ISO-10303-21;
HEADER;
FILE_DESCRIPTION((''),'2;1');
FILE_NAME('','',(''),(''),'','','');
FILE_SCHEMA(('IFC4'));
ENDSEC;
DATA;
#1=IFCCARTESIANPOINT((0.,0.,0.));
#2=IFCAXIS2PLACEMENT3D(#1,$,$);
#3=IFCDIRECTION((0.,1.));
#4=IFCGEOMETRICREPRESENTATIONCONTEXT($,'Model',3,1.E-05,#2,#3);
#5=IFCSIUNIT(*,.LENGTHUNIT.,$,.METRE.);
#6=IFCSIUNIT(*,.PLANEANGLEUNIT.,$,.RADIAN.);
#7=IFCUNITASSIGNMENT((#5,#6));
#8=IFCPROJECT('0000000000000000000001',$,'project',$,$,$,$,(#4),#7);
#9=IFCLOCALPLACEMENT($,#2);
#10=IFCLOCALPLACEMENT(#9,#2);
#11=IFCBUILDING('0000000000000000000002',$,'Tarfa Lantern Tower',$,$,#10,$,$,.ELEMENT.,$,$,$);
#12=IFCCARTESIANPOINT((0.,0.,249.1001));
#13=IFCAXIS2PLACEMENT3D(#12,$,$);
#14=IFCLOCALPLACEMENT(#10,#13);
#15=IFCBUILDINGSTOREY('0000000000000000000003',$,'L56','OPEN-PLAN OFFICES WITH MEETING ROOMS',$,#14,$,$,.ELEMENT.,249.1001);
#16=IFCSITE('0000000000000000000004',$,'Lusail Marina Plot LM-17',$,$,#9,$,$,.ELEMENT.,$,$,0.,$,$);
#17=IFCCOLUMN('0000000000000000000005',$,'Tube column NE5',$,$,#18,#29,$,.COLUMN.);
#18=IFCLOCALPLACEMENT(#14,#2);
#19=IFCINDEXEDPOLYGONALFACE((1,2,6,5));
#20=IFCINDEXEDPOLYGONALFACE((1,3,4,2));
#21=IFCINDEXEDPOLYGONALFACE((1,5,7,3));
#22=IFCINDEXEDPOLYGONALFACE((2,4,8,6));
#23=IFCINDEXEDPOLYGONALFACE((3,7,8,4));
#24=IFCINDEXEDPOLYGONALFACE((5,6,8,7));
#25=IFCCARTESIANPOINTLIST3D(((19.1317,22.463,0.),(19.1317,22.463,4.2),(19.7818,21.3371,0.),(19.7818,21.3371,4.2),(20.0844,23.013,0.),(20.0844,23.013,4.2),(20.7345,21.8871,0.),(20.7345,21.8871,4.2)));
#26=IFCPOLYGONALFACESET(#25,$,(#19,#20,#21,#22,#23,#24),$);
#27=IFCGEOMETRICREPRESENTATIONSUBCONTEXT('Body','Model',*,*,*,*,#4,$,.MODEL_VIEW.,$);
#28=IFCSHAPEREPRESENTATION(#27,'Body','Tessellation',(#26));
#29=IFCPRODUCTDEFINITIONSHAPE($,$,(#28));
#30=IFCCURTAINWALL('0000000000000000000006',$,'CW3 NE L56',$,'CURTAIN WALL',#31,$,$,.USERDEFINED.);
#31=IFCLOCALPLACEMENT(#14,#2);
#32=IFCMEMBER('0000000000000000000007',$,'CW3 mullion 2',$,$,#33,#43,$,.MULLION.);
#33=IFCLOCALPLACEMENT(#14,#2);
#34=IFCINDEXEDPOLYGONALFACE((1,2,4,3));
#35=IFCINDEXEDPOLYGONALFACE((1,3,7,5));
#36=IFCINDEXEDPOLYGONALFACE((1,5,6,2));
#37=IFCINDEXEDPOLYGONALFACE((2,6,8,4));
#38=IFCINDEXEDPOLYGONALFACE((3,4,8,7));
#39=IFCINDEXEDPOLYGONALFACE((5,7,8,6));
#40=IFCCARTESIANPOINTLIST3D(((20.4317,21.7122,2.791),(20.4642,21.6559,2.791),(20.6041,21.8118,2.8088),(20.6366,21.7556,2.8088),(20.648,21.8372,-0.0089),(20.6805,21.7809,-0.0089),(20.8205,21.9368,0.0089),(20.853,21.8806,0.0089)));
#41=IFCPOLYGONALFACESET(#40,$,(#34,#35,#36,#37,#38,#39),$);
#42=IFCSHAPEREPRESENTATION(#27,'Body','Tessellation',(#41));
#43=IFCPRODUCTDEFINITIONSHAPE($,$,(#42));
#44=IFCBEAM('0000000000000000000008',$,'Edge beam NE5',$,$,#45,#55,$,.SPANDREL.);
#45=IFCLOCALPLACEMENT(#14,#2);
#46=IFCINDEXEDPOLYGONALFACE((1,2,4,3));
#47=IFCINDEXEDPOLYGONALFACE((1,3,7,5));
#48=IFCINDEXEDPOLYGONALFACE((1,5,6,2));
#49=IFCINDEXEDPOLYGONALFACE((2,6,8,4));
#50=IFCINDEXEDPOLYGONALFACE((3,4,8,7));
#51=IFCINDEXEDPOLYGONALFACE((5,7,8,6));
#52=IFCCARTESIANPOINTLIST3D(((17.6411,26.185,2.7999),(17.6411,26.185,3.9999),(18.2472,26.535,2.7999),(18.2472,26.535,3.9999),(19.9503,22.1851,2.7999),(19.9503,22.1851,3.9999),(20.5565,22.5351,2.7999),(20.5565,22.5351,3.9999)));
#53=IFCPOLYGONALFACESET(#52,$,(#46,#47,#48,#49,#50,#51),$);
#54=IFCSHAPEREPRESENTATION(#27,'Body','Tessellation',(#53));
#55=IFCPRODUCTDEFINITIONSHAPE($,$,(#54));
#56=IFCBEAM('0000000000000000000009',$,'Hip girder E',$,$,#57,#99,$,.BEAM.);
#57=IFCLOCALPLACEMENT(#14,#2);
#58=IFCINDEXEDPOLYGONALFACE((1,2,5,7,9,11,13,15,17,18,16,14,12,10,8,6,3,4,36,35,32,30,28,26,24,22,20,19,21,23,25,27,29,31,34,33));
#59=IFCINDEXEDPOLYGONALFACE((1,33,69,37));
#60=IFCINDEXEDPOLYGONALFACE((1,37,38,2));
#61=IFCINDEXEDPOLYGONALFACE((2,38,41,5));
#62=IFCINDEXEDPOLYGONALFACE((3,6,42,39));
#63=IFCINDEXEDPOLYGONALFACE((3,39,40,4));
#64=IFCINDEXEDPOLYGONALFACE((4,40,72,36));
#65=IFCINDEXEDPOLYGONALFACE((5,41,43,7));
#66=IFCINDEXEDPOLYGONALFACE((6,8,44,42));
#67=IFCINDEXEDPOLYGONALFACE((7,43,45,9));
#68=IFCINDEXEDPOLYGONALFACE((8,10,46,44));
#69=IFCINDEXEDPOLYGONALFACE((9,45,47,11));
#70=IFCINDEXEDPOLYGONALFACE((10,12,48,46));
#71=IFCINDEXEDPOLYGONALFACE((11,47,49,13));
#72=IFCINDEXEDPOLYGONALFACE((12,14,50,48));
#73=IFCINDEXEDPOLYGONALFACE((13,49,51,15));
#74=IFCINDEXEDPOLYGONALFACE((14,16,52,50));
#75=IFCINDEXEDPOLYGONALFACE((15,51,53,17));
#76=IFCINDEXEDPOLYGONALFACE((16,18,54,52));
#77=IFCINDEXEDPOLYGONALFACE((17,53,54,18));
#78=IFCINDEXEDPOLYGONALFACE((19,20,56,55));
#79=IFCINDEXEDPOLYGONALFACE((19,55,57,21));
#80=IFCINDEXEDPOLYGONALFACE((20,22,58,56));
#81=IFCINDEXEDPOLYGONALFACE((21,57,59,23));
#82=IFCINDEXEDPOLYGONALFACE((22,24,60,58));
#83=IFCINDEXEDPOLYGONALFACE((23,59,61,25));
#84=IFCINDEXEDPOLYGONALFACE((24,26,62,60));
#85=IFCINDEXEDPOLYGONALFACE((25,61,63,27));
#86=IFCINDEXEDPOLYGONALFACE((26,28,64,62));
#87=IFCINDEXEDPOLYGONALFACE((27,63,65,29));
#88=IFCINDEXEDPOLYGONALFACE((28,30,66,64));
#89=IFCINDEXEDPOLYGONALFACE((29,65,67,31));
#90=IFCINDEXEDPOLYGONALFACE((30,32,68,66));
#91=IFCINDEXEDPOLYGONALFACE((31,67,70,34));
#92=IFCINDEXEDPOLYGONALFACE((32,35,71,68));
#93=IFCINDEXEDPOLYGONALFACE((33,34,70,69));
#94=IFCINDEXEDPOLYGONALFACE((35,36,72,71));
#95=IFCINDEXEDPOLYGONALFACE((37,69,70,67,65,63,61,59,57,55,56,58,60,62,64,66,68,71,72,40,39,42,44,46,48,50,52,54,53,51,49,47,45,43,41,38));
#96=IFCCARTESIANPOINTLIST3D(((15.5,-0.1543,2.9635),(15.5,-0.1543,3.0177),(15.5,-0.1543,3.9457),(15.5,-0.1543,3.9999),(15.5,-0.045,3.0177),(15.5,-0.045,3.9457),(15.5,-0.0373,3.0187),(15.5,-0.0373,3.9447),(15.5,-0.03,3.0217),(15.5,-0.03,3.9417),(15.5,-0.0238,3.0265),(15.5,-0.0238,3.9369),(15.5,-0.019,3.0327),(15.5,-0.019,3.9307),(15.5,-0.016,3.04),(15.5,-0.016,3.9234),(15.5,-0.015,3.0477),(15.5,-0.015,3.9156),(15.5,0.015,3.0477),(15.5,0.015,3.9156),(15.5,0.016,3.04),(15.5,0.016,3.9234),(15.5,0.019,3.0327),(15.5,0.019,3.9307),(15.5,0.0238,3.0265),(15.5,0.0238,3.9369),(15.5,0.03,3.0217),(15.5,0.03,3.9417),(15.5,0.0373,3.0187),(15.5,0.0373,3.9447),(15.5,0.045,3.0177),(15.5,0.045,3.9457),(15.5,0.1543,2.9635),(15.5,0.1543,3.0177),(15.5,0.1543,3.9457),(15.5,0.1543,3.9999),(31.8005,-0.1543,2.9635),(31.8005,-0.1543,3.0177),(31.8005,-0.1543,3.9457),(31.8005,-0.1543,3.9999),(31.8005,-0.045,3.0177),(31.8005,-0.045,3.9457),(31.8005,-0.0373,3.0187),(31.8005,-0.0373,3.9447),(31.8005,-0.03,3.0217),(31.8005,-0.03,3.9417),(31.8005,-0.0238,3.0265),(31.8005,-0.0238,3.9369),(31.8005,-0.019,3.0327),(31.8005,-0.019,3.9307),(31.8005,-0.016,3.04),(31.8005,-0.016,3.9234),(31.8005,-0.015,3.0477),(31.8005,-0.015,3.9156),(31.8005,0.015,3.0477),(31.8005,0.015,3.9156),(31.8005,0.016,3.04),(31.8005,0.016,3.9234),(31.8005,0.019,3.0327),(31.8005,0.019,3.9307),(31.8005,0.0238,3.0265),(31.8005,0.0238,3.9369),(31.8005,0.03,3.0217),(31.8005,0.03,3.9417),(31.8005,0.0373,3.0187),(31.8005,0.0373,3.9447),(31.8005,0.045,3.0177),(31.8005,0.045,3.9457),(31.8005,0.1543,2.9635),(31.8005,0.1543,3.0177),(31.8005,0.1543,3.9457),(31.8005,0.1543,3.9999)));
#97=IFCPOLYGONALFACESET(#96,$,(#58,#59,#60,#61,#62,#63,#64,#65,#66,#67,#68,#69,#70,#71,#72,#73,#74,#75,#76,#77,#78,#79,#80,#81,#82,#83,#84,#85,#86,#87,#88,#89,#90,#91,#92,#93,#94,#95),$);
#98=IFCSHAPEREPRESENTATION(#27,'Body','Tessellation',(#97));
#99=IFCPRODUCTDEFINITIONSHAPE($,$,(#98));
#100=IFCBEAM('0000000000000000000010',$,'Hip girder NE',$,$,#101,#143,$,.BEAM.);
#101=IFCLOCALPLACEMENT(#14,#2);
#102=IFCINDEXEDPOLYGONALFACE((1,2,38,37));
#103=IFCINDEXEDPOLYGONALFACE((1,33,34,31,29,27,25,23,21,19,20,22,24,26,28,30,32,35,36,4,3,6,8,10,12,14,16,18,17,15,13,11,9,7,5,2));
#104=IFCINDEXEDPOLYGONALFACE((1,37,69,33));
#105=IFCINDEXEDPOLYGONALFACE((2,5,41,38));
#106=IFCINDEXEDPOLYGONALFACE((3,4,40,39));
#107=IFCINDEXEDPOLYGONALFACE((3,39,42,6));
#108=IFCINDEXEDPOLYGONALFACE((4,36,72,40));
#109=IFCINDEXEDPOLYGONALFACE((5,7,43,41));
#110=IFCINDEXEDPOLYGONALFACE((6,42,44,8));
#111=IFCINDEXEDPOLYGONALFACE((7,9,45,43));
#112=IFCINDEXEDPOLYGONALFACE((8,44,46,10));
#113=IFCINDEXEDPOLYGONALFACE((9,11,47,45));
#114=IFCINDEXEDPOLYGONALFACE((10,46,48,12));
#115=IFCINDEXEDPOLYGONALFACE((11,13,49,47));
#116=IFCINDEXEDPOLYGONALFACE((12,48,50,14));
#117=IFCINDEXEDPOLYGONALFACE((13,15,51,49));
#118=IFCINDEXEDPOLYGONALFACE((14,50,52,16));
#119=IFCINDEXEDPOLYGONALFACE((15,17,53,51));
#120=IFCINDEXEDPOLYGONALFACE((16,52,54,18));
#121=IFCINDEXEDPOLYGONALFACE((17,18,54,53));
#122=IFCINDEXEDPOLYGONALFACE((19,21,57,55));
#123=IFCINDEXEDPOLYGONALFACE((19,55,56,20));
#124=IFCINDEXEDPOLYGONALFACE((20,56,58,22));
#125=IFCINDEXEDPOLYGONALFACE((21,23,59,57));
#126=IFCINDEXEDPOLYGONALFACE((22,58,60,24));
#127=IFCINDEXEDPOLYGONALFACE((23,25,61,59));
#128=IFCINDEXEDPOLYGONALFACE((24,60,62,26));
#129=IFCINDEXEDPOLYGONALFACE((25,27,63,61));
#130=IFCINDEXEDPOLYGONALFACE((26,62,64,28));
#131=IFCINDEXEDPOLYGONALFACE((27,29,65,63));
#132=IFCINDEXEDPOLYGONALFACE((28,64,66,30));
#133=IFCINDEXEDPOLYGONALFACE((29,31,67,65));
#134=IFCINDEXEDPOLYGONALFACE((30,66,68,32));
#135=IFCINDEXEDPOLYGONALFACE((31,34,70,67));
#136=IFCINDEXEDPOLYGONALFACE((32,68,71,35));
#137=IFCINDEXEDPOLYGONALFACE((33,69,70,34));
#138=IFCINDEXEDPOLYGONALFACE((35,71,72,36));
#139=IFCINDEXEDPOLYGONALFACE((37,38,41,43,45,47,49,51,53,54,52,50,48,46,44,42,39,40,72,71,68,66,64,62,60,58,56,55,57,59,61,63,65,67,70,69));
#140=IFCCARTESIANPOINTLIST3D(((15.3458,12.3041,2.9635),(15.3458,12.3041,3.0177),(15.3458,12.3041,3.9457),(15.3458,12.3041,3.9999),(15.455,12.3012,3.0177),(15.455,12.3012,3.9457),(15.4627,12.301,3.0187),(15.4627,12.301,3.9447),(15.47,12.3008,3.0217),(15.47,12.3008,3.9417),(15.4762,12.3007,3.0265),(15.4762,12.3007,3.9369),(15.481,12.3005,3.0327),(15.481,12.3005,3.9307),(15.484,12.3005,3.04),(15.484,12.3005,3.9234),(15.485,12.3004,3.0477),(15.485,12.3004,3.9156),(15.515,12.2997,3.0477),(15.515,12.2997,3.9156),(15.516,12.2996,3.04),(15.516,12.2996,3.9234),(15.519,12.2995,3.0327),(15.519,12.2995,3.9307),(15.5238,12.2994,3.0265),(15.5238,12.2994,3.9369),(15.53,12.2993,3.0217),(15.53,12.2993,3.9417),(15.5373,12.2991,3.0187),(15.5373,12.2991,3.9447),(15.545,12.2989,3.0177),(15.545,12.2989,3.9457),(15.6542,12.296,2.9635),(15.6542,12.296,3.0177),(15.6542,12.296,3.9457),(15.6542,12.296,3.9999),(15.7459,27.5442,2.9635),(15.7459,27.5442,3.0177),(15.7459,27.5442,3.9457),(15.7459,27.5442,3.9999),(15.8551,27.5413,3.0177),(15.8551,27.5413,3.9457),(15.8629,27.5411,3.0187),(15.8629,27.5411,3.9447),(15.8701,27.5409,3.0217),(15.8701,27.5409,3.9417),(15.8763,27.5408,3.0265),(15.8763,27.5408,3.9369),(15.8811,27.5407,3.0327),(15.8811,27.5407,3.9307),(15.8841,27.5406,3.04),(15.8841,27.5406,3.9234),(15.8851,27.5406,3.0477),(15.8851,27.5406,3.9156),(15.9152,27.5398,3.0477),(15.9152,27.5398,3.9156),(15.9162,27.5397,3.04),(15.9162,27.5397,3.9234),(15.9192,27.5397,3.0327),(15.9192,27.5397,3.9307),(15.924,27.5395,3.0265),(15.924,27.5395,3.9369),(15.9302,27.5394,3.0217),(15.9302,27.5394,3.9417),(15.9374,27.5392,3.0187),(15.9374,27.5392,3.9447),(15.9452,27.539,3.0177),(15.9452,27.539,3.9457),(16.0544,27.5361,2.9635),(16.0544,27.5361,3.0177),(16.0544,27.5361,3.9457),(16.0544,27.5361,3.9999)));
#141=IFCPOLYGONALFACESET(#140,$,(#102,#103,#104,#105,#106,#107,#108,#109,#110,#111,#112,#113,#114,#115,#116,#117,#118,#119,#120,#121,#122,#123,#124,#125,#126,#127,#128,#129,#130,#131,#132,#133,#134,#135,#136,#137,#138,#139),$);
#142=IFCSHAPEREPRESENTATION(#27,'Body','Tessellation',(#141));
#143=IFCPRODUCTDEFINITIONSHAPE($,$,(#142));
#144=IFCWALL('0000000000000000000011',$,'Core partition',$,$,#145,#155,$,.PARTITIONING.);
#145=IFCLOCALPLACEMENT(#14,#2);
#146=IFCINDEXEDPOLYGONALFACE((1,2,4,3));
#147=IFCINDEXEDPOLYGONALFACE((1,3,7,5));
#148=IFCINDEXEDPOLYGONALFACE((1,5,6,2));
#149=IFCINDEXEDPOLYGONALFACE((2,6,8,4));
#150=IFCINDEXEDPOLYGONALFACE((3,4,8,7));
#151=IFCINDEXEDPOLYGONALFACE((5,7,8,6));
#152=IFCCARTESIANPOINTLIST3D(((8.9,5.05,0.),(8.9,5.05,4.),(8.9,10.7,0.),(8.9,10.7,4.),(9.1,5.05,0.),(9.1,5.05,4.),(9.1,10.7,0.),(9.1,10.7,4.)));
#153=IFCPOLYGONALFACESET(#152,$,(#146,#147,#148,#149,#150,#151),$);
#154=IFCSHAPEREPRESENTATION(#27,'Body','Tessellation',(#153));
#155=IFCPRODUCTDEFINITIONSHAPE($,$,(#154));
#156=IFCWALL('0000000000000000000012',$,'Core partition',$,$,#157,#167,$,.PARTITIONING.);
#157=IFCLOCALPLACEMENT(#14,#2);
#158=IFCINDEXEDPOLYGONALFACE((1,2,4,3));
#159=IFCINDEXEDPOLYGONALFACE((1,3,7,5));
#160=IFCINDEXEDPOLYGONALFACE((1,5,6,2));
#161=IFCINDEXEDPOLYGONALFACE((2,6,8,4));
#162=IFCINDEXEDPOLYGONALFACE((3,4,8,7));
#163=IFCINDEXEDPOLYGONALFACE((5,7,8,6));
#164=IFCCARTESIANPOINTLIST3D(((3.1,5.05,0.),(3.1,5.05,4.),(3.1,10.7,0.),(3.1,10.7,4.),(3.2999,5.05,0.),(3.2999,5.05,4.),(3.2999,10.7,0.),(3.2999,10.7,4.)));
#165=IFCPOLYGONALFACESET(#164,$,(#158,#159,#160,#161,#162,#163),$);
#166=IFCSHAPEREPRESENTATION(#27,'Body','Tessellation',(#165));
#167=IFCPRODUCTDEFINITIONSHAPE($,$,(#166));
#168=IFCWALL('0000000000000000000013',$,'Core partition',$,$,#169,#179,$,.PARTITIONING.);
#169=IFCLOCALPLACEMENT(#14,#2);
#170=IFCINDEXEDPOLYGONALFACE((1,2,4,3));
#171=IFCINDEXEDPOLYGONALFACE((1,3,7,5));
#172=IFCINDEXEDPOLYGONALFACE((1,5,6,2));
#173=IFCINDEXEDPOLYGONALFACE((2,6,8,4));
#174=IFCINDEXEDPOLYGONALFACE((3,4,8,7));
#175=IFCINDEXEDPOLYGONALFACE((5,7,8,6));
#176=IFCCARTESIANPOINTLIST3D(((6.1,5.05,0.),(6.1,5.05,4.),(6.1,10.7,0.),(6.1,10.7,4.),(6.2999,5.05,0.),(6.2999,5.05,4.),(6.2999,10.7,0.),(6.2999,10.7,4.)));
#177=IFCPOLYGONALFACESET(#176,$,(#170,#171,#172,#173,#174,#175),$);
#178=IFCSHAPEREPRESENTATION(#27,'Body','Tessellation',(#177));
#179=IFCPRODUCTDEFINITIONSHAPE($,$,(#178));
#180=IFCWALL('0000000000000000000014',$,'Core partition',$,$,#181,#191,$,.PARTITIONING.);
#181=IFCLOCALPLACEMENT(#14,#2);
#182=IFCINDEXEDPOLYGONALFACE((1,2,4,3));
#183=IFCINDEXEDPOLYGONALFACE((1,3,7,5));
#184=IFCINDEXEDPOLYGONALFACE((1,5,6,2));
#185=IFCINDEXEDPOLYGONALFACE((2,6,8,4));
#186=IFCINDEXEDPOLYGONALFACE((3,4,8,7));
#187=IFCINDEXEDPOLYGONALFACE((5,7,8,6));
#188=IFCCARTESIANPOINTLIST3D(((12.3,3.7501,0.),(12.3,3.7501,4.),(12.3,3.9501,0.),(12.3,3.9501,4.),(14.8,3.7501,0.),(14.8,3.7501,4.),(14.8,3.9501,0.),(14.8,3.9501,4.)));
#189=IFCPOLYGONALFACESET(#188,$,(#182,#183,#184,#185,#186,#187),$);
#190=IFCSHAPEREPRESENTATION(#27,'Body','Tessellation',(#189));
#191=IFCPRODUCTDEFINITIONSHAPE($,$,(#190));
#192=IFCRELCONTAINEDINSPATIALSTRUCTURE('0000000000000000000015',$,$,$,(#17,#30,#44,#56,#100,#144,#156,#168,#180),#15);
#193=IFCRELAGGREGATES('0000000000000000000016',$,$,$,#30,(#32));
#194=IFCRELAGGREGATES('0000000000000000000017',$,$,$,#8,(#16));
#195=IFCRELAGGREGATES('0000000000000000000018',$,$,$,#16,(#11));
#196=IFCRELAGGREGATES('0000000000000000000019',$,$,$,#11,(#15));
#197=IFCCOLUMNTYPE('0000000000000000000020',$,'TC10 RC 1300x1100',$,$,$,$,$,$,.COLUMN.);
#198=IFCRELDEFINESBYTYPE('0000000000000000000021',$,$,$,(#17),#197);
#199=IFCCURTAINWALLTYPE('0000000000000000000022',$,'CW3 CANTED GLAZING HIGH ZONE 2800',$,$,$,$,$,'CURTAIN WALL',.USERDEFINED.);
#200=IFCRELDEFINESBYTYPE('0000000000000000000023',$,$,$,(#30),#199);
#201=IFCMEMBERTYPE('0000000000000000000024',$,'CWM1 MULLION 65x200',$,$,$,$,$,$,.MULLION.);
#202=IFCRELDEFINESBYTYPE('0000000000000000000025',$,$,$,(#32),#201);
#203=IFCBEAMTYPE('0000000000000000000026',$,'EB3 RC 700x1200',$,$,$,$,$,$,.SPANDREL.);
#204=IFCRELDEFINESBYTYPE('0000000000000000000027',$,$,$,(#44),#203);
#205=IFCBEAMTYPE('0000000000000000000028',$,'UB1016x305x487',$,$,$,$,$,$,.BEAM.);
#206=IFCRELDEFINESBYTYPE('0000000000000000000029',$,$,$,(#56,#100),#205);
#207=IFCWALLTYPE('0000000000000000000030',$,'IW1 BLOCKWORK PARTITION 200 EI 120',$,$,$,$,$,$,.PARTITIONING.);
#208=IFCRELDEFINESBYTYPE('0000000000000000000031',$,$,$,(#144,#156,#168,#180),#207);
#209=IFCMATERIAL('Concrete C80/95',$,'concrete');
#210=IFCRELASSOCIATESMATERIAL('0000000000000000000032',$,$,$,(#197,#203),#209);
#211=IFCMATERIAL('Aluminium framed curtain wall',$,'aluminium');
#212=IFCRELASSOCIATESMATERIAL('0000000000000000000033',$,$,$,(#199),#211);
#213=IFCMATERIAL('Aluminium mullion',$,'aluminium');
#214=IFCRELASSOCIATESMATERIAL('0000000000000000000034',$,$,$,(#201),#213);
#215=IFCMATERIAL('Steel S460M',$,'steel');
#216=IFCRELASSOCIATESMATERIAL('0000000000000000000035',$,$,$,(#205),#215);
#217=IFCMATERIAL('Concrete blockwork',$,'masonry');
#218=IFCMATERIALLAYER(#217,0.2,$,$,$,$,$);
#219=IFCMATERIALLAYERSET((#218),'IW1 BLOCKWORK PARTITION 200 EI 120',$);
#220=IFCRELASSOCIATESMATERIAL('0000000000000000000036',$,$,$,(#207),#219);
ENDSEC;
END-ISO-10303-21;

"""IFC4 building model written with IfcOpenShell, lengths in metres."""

from ifc_helpers import new_model, si_unit, direction, frame, frame_2d, origin, origin_2d, place, context, subcontext, project, spatial, rectangle, i_section, extrude, material, layer, layer_set, material_profile, profile_set, type_object, element, aggregate, save


model = new_model("IFC4")

# Units and contexts
model_context = context("Model", 3, precision=1e-05, world=origin(), true_north=direction((0.0, 1.0)))
body_context = subcontext(model_context, "Body", "Model", "MODEL_VIEW")
ifc_project = project(units=[si_unit("LENGTHUNIT", "METRE"), si_unit("PLANEANGLEUNIT", "RADIAN")], contexts=[model_context])

# Site, building, storey
site_placement = place(None, origin())
site = spatial("IfcSite", under=ifc_project, at=site_placement, Name="Lusail Marina Plot LM-17", CompositionType="ELEMENT", RefElevation=0.0)
building_placement = place(site_placement, origin())
building = spatial("IfcBuilding", under=site, at=building_placement, Name="Tarfa Lantern Tower", CompositionType="ELEMENT")
storey_placement = place(building_placement, frame((0.0, 0.0, 249.1001)))
storey = spatial("IfcBuildingStorey", under=building, at=storey_placement, Name="L56", Description="OPEN-PLAN OFFICES WITH MEETING ROOMS", CompositionType="ELEMENT", Elevation=249.1001)

# Column
ifc_material_1 = material(Name="Concrete C80/95", Category="concrete")
ifc_material_profile_1 = material_profile(ifc_material_1, rectangle(XDim=1.3, YDim=1.1001, at=origin_2d()), Name="RC 1300x1100")
ifc_profile_set_1 = profile_set([ifc_material_profile_1], Name="Concrete C80/95")
column_type = type_object("IfcColumnType", Name="TC10 RC 1300x1100", PredefinedType="COLUMN", material=ifc_profile_set_1)
column_placement = place(storey_placement, frame((19.9331, 22.175, 0.0), z_axis=(0.0, 0.0, 1.0), x_axis=(-0.5, 0.866025, 0.0)))
element("IfcColumn", 1, at=column_placement, inside=storey, type_object=column_type, Name="Tube column NE5", PredefinedType="COLUMN", context=body_context, shape_type="SweptSolid", body=[
    extrude(rectangle(XDim=1.3, YDim=1.1001, at=origin_2d()), origin(), (0.0, 0.0, 1.0), 4.2),
])

# Curtain wall, member
ifc_material_2 = material(Name="Aluminium framed curtain wall", Category="aluminium")
curtain_wall_type = type_object("IfcCurtainWallType", Name="CW3 CANTED GLAZING HIGH ZONE 2800", ElementType="CURTAIN WALL", PredefinedType="USERDEFINED", material=ifc_material_2)
curtain_wall_placement = place(storey_placement, origin())
curtain_wall = element("IfcCurtainWall", 2, at=curtain_wall_placement, inside=storey, type_object=curtain_wall_type, Name="CW3 NE L56", ObjectType="CURTAIN WALL", PredefinedType="USERDEFINED")
ifc_material_3 = material(Name="Aluminium mullion", Category="aluminium")
ifc_material_profile_2 = material_profile(ifc_material_3, rectangle(XDim=0.0649, YDim=0.2, at=origin_2d()), Name="AL MULLION 65x200")
ifc_profile_set_2 = profile_set([ifc_material_profile_2], Name="Aluminium mullion")
member_type = type_object("IfcMemberType", Name="CWM1 MULLION 65x200", PredefinedType="MULLION", material=ifc_profile_set_2)
member_placement = place(storey_placement, frame((20.7505, 21.8589, 0.0), z_axis=(-0.076953, -0.044469, 0.996043), x_axis=(0.500343, -0.865827, 0.0)))
member = element("IfcMember", 3, at=member_placement, type_object=member_type, Name="CW3 mullion 2", PredefinedType="MULLION", context=body_context, shape_type="SweptSolid", body=[
    extrude(rectangle(XDim=0.0649, YDim=0.2, at=origin_2d()), origin(), (0.0, 0.0, 1.0), 2.811),
])
aggregate(curtain_wall, [member])

# Beams
ifc_material_profile_3 = material_profile(ifc_material_1, rectangle(XDim=0.7, YDim=1.2, at=origin_2d()), Name="RC 700x1200")
ifc_profile_set_3 = profile_set([ifc_material_profile_3], Name="Concrete C80/95")
beam_type_1 = type_object("IfcBeamType", Name="EB3 RC 700x1200", PredefinedType="SPANDREL", material=ifc_profile_set_3)
beam_1_placement = place(storey_placement, frame((20.2534, 22.3601, 3.3999), z_axis=(-0.499988, 0.866032, 0.0), x_axis=(-0.866032, -0.499988, 0.0)))
element("IfcBeam", 4, at=beam_1_placement, inside=storey, type_object=beam_type_1, Name="Edge beam NE5", PredefinedType="SPANDREL", context=body_context, shape_type="SweptSolid", body=[
    extrude(rectangle(XDim=0.7, YDim=1.2, at=origin_2d()), origin(), (0.0, 0.0, 1.0), 4.6187),
])
ifc_material_4 = material(Name="Steel S460M", Category="steel")
ifc_material_profile_4 = material_profile(ifc_material_4, i_section(OverallWidth=0.3086, OverallDepth=1.0364, WebThickness=0.03, FlangeThickness=0.0542, FilletRadius=0.03, at=origin_2d()), Name="UB1016x305x487")
ifc_profile_set_4 = profile_set([ifc_material_profile_4], Name="Steel S460M")
beam_type_2 = type_object("IfcBeamType", Name="UB1016x305x487", PredefinedType="BEAM", material=ifc_profile_set_4)
beam_2_placement = place(storey_placement, frame((15.5, 0.0, 3.4817), z_axis=(1.0, 0.0, 0.0), x_axis=(0.0, 1.0, 0.0)))
element("IfcBeam", 5, at=beam_2_placement, inside=storey, type_object=beam_type_2, Name="Hip girder E", PredefinedType="BEAM", context=body_context, shape_type="SweptSolid", body=[
    extrude(i_section(OverallWidth=0.3086, OverallDepth=1.0364, WebThickness=0.03, FlangeThickness=0.0542, FilletRadius=0.03, at=origin_2d()), origin(), (0.0, 0.0, 1.0), 16.3005),
])
beam_3_placement = place(storey_placement, frame((15.5, 12.3, 3.4817), z_axis=(0.026247, 0.999655, 0.0), x_axis=(-0.999655, 0.026247, 0.0)))
element("IfcBeam", 6, at=beam_3_placement, inside=storey, type_object=beam_type_2, Name="Hip girder NE", PredefinedType="BEAM", context=body_context, shape_type="SweptSolid", body=[
    extrude(i_section(OverallWidth=0.3086, OverallDepth=1.0364, WebThickness=0.03, FlangeThickness=0.0542, FilletRadius=0.03, at=origin_2d()), origin(), (0.0, 0.0, 1.0), 15.2454),
])

# Walls
ifc_material_5 = material(Name="Concrete blockwork", Category="masonry")
ifc_layer_1 = layer(ifc_material_5, 0.2)
ifc_layer_set_1 = layer_set([ifc_layer_1], Name="IW1 BLOCKWORK PARTITION 200 EI 120")
wall_type_1 = type_object("IfcWallType", Name="IW1 BLOCKWORK PARTITION 200 EI 120", PredefinedType="PARTITIONING", material=ifc_layer_set_1)
for number, where, z_axis, x_axis, name in (
    (7, (9.0, 5.05, 0.0), (0.0, 0.0, 1.0), (0.0, 1.0, 0.0), "Core partition"),
    (8, (3.2, 5.05, 0.0), (0.0, 0.0, 1.0), (0.0, 1.0, 0.0), "Core partition"),
    (9, (6.2, 5.05, 0.0), (0.0, 0.0, 1.0), (0.0, 1.0, 0.0), "Core partition"),
):
    element("IfcWall", number, at=place(storey_placement, frame(where, z_axis=z_axis, x_axis=x_axis)), inside=storey, type_object=wall_type_1, Name=name, PredefinedType="PARTITIONING", context=body_context, shape_type="SweptSolid", body=[
        extrude(rectangle(XDim=5.6499, YDim=0.2, at=frame_2d((2.825, 0.0))), origin(), (0.0, 0.0, 1.0), 4.0),
    ])
wall_1_placement = place(storey_placement, frame((12.3, 3.8501, 0.0), z_axis=(0.0, 0.0, 1.0), x_axis=(1.0, 0.0, 0.0)))
element("IfcWall", 10, at=wall_1_placement, inside=storey, type_object=wall_type_1, Name="Core partition", PredefinedType="PARTITIONING", context=body_context, shape_type="SweptSolid", body=[
    extrude(rectangle(XDim=2.5, YDim=0.2, at=frame_2d((1.25, 0.0))), origin(), (0.0, 0.0, 1.0), 4.0),
])

save(model, "model.ifc")
